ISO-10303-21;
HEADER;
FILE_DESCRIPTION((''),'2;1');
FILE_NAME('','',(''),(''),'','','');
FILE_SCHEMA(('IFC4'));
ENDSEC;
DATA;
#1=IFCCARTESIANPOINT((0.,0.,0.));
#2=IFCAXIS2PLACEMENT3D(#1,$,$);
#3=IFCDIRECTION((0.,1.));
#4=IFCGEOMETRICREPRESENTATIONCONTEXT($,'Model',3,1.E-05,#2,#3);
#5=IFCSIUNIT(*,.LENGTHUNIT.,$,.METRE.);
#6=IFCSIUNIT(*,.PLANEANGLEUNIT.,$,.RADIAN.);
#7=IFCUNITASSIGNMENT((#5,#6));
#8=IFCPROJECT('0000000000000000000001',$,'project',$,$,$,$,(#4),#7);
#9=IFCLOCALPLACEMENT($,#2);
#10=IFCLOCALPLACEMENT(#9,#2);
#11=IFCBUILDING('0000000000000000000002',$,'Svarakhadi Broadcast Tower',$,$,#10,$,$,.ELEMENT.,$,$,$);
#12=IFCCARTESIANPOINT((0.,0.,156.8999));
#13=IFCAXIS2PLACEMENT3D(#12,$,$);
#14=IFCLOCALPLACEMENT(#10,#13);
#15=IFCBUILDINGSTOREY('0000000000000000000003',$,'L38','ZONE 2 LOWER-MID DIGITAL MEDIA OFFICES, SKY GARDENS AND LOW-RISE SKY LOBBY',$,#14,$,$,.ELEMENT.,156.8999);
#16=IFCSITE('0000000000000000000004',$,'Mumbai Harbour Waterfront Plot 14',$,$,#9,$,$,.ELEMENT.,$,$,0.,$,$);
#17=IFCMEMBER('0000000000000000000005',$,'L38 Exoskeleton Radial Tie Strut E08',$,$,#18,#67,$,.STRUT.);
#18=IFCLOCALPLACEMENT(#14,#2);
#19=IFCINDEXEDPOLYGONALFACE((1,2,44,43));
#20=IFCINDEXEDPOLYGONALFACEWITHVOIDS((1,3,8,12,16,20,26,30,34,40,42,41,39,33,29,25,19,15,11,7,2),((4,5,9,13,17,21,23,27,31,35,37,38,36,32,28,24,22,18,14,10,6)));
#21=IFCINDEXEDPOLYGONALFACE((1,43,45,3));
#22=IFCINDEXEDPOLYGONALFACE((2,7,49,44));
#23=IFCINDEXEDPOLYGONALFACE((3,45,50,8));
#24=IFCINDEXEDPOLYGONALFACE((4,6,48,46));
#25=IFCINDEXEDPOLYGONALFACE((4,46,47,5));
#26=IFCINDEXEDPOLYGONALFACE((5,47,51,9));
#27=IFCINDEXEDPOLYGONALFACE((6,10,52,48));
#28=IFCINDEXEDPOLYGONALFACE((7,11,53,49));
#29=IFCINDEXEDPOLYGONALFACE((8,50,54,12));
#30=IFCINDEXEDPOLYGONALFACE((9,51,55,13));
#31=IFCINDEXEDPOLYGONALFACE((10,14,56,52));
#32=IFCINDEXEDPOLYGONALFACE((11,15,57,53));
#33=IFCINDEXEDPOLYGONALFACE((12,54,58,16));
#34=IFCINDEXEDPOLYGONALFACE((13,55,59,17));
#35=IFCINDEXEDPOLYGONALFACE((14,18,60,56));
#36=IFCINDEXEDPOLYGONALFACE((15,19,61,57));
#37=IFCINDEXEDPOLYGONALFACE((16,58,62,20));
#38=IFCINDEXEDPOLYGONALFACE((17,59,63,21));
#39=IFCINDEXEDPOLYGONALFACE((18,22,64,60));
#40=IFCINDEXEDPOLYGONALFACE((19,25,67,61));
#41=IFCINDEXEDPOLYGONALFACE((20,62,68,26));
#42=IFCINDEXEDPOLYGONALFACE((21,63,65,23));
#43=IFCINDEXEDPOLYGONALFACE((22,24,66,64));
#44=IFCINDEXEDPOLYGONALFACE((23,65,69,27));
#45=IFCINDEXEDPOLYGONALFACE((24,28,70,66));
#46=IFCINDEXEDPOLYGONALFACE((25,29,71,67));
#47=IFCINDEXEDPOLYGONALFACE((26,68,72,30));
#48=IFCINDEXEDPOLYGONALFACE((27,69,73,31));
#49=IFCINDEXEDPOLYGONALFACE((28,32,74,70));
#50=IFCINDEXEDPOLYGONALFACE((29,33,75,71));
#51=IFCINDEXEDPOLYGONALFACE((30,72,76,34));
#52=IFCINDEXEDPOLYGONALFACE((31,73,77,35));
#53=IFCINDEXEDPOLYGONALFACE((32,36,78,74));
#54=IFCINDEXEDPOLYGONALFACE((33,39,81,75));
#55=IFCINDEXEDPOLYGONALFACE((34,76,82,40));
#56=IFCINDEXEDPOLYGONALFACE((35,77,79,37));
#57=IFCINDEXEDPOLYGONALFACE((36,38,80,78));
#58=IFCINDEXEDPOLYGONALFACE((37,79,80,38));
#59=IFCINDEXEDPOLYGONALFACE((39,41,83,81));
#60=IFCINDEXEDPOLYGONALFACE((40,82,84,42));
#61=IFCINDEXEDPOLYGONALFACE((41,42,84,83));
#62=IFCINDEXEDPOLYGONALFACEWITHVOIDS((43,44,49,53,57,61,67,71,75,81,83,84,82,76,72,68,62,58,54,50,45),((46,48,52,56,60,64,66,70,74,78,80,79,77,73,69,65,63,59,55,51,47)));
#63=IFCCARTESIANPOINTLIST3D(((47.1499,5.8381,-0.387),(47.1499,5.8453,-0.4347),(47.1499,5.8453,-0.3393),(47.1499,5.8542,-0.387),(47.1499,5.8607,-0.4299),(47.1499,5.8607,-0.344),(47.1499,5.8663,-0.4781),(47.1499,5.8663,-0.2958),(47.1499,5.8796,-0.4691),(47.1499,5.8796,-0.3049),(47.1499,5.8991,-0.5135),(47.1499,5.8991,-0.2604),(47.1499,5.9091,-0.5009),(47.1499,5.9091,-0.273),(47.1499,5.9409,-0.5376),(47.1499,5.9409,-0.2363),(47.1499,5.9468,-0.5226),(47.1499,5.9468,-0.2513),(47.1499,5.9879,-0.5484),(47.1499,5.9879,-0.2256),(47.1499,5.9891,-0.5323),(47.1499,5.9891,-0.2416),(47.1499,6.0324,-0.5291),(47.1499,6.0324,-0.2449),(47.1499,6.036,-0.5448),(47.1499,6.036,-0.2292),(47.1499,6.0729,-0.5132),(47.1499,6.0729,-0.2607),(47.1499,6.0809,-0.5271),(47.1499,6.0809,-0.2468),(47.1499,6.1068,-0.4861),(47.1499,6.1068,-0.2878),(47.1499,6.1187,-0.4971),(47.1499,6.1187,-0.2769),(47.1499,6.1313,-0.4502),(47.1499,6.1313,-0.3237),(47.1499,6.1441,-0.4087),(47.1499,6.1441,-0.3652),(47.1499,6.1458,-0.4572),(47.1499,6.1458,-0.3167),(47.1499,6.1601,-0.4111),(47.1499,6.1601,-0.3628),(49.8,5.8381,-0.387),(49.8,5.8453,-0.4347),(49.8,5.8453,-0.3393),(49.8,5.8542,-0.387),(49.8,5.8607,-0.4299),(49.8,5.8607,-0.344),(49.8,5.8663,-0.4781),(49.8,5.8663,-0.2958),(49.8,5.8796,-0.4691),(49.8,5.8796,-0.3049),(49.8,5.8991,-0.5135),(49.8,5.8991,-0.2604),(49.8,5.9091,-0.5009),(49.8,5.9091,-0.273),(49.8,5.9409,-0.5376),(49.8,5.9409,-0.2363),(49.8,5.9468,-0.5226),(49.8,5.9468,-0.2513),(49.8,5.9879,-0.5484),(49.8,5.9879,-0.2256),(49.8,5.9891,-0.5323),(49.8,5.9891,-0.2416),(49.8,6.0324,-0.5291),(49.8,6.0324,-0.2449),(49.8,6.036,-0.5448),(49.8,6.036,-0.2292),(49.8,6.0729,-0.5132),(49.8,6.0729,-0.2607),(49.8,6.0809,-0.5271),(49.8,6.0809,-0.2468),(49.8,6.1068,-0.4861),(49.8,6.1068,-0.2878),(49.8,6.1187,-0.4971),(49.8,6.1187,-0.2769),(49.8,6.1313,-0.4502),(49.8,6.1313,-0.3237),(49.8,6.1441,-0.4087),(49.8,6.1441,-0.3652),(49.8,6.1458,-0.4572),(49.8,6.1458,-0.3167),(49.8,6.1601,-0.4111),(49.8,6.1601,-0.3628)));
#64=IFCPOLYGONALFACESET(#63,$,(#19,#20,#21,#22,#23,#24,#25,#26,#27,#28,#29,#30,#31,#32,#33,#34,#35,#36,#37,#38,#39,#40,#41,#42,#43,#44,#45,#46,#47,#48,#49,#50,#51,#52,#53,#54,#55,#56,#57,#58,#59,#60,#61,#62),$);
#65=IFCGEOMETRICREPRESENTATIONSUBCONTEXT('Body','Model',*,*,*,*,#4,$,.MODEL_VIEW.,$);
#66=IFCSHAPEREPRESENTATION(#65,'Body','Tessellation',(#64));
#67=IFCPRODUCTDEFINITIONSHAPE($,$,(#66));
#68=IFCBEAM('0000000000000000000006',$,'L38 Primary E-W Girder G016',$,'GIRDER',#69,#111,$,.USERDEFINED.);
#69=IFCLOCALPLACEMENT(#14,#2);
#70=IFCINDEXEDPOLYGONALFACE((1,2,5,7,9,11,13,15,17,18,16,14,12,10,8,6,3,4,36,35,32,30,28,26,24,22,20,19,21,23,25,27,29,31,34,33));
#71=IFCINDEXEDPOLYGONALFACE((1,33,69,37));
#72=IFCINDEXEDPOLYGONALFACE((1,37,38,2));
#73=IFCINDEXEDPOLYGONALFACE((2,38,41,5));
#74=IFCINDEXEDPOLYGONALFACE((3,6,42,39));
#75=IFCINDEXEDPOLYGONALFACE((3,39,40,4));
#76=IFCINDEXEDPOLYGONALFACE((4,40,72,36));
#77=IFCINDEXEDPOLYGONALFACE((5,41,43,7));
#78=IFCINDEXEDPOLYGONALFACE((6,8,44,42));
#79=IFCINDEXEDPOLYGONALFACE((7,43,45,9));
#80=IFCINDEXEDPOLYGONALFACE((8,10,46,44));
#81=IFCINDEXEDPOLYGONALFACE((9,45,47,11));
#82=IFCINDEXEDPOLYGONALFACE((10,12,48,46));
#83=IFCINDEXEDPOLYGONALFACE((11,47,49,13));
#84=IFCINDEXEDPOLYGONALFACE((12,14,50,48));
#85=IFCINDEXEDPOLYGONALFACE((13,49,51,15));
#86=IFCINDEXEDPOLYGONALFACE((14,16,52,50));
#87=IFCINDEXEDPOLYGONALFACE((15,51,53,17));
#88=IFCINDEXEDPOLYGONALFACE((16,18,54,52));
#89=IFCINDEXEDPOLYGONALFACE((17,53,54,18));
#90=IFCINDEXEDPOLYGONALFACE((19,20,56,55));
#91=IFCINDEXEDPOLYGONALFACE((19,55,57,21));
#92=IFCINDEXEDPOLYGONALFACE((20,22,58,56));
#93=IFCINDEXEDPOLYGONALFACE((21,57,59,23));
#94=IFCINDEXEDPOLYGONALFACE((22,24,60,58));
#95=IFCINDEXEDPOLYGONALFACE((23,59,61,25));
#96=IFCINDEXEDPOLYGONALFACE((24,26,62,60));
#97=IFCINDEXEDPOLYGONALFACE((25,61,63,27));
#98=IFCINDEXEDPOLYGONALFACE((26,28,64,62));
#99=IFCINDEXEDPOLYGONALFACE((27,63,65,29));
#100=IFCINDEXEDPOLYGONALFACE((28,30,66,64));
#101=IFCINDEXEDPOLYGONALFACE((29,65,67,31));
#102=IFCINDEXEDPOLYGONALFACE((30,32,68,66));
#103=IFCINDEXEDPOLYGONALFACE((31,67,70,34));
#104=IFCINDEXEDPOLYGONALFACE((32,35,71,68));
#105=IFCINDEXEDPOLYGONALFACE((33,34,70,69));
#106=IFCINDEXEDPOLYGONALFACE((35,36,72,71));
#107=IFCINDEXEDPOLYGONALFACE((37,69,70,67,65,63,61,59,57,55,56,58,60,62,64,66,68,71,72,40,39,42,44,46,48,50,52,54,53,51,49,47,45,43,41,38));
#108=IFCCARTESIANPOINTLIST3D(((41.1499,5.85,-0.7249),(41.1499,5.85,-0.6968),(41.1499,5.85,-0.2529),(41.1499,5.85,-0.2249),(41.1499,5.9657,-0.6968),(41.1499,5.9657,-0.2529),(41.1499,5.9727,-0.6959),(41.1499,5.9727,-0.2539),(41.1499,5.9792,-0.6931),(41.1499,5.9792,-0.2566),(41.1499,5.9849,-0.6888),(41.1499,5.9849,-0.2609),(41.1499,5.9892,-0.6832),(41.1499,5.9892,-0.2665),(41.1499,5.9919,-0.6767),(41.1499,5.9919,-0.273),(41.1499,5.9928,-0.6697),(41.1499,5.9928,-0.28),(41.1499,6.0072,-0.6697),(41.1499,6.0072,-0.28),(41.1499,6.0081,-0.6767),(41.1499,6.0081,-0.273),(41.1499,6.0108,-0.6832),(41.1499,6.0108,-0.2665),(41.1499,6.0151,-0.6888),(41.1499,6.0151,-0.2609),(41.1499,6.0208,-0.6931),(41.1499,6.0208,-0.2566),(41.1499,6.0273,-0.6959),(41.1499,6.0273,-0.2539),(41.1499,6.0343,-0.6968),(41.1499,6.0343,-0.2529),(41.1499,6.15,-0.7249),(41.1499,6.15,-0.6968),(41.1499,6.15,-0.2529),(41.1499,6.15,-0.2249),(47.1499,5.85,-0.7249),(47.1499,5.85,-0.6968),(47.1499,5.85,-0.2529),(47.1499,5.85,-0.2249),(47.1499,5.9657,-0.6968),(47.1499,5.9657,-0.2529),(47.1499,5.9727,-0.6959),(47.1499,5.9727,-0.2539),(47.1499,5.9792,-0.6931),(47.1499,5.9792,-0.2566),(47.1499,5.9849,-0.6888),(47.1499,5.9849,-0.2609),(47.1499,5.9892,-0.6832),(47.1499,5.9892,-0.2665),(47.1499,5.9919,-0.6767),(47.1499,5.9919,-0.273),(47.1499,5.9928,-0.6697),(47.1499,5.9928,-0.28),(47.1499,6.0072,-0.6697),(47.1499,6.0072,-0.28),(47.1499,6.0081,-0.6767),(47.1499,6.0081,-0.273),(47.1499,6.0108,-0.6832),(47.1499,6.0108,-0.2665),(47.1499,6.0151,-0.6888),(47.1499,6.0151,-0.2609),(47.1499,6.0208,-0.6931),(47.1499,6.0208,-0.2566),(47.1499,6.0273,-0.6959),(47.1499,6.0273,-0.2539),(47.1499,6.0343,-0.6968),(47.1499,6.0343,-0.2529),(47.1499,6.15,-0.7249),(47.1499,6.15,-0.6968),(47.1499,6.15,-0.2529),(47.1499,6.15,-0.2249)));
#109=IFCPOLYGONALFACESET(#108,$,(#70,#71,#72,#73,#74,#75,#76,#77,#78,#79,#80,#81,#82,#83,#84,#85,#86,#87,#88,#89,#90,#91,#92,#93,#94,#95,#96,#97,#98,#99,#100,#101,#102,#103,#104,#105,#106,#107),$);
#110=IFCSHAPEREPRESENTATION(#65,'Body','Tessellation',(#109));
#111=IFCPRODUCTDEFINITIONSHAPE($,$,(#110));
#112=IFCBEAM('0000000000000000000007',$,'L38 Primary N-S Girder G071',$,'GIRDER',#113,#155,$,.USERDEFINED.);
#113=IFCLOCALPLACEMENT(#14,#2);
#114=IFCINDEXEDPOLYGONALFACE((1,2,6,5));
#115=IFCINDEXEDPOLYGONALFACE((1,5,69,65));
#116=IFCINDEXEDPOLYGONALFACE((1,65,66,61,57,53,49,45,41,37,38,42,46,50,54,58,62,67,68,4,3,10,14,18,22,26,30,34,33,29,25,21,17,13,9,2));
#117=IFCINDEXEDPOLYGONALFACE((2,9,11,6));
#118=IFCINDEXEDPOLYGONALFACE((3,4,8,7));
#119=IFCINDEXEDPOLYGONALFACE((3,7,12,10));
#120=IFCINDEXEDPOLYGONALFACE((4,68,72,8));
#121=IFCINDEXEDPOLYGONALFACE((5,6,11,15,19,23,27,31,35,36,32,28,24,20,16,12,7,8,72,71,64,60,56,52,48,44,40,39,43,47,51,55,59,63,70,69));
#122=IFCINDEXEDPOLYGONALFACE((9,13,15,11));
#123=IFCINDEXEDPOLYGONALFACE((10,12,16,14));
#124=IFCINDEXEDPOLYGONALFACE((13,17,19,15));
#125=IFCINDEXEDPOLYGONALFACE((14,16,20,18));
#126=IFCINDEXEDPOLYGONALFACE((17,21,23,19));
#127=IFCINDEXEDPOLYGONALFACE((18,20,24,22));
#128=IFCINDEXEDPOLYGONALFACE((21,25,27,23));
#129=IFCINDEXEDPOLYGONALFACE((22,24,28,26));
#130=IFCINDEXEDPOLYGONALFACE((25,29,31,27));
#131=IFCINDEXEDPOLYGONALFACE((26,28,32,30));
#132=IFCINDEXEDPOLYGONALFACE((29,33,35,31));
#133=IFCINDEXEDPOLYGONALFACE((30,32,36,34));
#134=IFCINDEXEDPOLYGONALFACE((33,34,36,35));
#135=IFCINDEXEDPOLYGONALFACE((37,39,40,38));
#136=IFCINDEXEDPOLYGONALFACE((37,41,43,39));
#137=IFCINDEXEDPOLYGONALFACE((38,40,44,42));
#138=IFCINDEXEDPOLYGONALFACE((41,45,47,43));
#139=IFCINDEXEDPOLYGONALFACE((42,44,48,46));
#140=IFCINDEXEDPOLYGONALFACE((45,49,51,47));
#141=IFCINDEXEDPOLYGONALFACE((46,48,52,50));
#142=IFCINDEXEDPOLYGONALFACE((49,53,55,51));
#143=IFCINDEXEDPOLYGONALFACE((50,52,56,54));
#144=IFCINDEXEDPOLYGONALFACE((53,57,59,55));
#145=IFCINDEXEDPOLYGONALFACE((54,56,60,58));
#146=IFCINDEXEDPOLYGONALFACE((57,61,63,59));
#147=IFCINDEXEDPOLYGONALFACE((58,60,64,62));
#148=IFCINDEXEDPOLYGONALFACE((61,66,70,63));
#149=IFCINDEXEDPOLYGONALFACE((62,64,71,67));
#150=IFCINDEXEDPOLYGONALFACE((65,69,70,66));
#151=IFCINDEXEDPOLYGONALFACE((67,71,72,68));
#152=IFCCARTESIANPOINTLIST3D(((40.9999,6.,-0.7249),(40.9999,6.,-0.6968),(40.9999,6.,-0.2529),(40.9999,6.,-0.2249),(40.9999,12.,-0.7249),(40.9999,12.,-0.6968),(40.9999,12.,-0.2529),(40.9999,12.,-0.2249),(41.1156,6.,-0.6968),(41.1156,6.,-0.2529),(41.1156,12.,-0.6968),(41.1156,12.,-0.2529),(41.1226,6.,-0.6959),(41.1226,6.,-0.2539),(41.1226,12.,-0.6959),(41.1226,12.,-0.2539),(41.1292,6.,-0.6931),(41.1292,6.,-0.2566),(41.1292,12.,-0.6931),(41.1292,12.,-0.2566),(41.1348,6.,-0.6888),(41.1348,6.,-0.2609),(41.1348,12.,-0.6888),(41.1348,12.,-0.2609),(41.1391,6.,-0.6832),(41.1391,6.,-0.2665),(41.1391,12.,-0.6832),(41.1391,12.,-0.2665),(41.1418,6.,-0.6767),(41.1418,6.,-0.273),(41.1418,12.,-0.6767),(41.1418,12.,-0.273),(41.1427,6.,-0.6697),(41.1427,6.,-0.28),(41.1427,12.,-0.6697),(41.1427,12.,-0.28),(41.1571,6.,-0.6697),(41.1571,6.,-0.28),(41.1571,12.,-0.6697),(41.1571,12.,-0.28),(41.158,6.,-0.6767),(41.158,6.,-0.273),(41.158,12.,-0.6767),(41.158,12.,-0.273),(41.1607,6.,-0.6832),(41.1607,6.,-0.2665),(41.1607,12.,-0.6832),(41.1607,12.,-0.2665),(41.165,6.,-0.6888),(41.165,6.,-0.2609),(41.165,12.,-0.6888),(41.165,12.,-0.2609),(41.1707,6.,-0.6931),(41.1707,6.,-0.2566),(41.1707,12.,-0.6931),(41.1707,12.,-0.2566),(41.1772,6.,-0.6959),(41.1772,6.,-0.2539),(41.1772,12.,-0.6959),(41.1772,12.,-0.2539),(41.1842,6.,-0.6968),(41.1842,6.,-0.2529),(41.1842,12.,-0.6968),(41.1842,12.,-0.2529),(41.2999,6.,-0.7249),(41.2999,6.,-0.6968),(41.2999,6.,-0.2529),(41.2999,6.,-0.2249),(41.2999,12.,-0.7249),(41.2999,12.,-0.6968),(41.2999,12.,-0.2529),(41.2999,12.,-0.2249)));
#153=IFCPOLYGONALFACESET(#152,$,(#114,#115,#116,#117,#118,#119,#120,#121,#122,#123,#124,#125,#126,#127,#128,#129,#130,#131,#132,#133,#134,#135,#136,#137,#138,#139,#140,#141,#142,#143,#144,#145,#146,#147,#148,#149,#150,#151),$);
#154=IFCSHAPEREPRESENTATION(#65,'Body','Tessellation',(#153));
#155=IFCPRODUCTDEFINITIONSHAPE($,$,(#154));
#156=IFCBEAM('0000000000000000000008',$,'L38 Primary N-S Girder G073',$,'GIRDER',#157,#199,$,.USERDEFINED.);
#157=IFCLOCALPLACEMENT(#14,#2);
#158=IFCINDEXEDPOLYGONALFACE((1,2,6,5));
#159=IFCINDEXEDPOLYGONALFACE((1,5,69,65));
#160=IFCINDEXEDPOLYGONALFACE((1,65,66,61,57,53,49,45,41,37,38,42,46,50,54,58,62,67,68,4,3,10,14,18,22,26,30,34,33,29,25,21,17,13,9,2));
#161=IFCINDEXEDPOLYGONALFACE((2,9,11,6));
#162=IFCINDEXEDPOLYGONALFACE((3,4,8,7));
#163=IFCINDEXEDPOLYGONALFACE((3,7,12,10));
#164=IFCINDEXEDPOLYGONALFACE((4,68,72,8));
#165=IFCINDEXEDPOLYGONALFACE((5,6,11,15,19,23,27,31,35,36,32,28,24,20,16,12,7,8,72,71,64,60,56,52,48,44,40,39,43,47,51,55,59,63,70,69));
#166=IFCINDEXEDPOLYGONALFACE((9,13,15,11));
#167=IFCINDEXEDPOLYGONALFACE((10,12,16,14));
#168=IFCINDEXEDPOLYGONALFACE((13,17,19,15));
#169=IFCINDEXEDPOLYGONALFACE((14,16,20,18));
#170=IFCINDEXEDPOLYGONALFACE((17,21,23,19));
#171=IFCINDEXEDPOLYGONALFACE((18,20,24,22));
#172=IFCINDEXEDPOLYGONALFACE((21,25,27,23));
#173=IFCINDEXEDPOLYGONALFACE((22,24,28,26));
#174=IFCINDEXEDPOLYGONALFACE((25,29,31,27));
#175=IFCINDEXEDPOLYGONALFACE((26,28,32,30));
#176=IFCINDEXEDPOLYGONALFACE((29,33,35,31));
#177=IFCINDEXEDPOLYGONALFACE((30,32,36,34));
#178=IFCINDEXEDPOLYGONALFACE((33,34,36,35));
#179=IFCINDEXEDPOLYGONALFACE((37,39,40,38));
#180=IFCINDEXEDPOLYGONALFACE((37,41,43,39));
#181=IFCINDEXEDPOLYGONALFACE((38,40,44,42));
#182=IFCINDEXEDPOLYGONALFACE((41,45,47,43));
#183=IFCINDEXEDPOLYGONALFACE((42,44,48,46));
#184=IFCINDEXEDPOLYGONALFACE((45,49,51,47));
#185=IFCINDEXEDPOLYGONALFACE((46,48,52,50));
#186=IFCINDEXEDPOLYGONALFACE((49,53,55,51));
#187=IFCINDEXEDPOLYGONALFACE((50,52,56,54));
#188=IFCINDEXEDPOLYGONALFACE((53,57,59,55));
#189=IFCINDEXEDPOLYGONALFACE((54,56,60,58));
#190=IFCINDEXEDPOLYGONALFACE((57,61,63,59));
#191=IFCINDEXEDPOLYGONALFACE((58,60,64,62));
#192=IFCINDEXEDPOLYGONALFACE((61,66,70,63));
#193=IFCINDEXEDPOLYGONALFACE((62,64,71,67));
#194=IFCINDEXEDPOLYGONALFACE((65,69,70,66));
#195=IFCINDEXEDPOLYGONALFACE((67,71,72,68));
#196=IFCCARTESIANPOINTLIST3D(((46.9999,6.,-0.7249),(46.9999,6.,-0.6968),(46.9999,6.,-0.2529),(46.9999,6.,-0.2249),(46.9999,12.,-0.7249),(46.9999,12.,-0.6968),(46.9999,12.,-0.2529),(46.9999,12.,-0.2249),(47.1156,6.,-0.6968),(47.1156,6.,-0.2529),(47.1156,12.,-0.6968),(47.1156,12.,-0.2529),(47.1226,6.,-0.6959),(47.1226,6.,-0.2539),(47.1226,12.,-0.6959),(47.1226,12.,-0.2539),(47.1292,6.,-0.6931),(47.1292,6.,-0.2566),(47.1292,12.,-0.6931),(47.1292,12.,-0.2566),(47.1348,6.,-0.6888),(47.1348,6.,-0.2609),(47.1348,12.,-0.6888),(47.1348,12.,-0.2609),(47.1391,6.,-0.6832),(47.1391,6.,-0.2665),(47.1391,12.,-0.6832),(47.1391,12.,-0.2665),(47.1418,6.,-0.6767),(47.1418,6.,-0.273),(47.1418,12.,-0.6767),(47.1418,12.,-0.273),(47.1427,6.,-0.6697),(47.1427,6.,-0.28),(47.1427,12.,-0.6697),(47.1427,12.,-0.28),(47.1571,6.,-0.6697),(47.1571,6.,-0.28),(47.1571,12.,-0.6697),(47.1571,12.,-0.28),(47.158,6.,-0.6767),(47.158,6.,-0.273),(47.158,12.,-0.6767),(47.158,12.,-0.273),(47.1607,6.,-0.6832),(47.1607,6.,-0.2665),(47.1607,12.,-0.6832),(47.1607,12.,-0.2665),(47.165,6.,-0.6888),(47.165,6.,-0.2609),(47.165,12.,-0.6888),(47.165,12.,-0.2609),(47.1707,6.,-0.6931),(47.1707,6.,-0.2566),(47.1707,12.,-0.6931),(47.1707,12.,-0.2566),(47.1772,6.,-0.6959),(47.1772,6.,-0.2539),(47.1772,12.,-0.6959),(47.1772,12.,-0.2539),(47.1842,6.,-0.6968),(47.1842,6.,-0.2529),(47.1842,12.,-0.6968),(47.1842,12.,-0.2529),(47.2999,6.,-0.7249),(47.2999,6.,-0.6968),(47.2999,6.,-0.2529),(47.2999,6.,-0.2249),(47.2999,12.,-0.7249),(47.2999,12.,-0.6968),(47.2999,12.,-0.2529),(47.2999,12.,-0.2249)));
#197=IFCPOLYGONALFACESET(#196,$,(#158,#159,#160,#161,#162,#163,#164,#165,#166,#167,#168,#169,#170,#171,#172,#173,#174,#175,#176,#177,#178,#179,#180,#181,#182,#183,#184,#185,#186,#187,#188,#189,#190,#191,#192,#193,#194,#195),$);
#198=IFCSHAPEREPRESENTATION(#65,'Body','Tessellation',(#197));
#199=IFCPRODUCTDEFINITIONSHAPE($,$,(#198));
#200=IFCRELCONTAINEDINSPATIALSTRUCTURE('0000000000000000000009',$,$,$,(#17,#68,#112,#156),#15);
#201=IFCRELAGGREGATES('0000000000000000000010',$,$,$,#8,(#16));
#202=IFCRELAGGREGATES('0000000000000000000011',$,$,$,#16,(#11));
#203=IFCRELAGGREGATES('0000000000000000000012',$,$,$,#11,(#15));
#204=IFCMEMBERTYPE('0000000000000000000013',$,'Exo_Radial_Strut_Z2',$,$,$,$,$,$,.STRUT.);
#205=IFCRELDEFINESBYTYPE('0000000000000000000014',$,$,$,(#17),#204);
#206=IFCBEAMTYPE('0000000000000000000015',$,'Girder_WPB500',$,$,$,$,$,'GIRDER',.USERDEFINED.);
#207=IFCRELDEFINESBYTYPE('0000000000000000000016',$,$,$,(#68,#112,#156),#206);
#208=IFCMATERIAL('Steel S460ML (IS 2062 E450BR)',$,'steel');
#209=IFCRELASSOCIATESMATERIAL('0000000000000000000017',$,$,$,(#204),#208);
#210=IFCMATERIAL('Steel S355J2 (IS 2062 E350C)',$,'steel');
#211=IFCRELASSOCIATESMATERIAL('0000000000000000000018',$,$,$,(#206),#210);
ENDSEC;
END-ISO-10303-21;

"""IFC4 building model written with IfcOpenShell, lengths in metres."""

from ifc_helpers import new_model, si_unit, direction, frame, origin, origin_2d, place, context, subcontext, project, spatial, hollow_circle, i_section, extrude, material, material_profile, profile_set, type_object, element, save


model = new_model("IFC4")

# Units and contexts
model_context = context("Model", 3, precision=1e-05, world=origin(), true_north=direction((0.0, 1.0)))
body_context = subcontext(model_context, "Body", "Model", "MODEL_VIEW")
ifc_project = project(units=[si_unit("LENGTHUNIT", "METRE"), si_unit("PLANEANGLEUNIT", "RADIAN")], contexts=[model_context])

# Site, building, storey
site_placement = place(None, origin())
site = spatial("IfcSite", under=ifc_project, at=site_placement, Name="Mumbai Harbour Waterfront Plot 14", CompositionType="ELEMENT", RefElevation=0.0)
building_placement = place(site_placement, origin())
building = spatial("IfcBuilding", under=site, at=building_placement, Name="Svarakhadi Broadcast Tower", CompositionType="ELEMENT")
storey_placement = place(building_placement, frame((0.0, 0.0, 156.8999)))
storey = spatial("IfcBuildingStorey", under=building, at=storey_placement, Name="L38", Description="ZONE 2 LOWER-MID DIGITAL MEDIA OFFICES, SKY GARDENS AND LOW-RISE SKY LOBBY", CompositionType="ELEMENT", Elevation=156.8999)

# Shared definitions
ifc_material_1 = material(Name="Steel S460ML (IS 2062 E450BR)", Category="steel")

# Shared definitions
ifc_material_2 = material(Name="Steel S355J2 (IS 2062 E350C)", Category="steel")

# Member
ifc_material_profile_1 = material_profile(ifc_material_1, hollow_circle(Radius=0.1619, WallThickness=0.0161, at=origin_2d()), Name="CHS 323.9x16")
ifc_profile_set_1 = profile_set([ifc_material_profile_1], Name="Steel S460ML (IS 2062 E450BR)")
member_type_1 = type_object("IfcMemberType", Name="Exo_Radial_Strut_Z2", PredefinedType="STRUT", material=ifc_profile_set_1)
member_1_placement = place(storey_placement, frame((49.8, 6.0, -0.387), z_axis=(-1.0, 0.0, 0.0), x_axis=(0.0, -1.0, 0.0)))
element("IfcMember", 1, at=member_1_placement, inside=storey, type_object=member_type_1, Name="L38 Exoskeleton Radial Tie Strut E08", PredefinedType="STRUT", context=body_context, shape_type="SweptSolid", body=[
    extrude(hollow_circle(Radius=0.1619, WallThickness=0.0161, at=origin_2d()), origin(), (0.0, 0.0, 1.0), 2.6501),
])

# Beams
ifc_material_profile_2 = material_profile(ifc_material_2, i_section(OverallWidth=0.3, OverallDepth=0.5, WebThickness=0.0144, FlangeThickness=0.0281, FilletRadius=0.0271, at=origin_2d()), Name="WPB 500x300x187")
ifc_profile_set_2 = profile_set([ifc_material_profile_2], Name="Steel S355J2 (IS 2062 E350C)")
beam_type_1 = type_object("IfcBeamType", Name="Girder_WPB500", ElementType="GIRDER", PredefinedType="USERDEFINED", material=ifc_profile_set_2)
for number, where, z_axis, x_axis, name in (
    (2, (41.1499, 6.0, -0.4749), (1.0, 0.0, 0.0), (0.0, 1.0, 0.0), "L38 Primary E-W Girder G016"),
    (3, (41.1499, 6.0, -0.4749), (0.0, 1.0, 0.0), (-1.0, 0.0, 0.0), "L38 Primary N-S Girder G071"),
    (4, (47.1499, 6.0, -0.4749), (0.0, 1.0, 0.0), (-1.0, 0.0, 0.0), "L38 Primary N-S Girder G073"),
):
    element("IfcBeam", number, at=place(storey_placement, frame(where, z_axis=z_axis, x_axis=x_axis)), inside=storey, type_object=beam_type_1, Name=name, ObjectType="GIRDER", PredefinedType="USERDEFINED", context=body_context, shape_type="SweptSolid", body=[
        extrude(i_section(OverallWidth=0.3, OverallDepth=0.5, WebThickness=0.0144, FlangeThickness=0.0281, FilletRadius=0.0271, at=origin_2d()), origin(), (0.0, 0.0, 1.0), 6.0),
    ])

save(model, "model.ifc")
